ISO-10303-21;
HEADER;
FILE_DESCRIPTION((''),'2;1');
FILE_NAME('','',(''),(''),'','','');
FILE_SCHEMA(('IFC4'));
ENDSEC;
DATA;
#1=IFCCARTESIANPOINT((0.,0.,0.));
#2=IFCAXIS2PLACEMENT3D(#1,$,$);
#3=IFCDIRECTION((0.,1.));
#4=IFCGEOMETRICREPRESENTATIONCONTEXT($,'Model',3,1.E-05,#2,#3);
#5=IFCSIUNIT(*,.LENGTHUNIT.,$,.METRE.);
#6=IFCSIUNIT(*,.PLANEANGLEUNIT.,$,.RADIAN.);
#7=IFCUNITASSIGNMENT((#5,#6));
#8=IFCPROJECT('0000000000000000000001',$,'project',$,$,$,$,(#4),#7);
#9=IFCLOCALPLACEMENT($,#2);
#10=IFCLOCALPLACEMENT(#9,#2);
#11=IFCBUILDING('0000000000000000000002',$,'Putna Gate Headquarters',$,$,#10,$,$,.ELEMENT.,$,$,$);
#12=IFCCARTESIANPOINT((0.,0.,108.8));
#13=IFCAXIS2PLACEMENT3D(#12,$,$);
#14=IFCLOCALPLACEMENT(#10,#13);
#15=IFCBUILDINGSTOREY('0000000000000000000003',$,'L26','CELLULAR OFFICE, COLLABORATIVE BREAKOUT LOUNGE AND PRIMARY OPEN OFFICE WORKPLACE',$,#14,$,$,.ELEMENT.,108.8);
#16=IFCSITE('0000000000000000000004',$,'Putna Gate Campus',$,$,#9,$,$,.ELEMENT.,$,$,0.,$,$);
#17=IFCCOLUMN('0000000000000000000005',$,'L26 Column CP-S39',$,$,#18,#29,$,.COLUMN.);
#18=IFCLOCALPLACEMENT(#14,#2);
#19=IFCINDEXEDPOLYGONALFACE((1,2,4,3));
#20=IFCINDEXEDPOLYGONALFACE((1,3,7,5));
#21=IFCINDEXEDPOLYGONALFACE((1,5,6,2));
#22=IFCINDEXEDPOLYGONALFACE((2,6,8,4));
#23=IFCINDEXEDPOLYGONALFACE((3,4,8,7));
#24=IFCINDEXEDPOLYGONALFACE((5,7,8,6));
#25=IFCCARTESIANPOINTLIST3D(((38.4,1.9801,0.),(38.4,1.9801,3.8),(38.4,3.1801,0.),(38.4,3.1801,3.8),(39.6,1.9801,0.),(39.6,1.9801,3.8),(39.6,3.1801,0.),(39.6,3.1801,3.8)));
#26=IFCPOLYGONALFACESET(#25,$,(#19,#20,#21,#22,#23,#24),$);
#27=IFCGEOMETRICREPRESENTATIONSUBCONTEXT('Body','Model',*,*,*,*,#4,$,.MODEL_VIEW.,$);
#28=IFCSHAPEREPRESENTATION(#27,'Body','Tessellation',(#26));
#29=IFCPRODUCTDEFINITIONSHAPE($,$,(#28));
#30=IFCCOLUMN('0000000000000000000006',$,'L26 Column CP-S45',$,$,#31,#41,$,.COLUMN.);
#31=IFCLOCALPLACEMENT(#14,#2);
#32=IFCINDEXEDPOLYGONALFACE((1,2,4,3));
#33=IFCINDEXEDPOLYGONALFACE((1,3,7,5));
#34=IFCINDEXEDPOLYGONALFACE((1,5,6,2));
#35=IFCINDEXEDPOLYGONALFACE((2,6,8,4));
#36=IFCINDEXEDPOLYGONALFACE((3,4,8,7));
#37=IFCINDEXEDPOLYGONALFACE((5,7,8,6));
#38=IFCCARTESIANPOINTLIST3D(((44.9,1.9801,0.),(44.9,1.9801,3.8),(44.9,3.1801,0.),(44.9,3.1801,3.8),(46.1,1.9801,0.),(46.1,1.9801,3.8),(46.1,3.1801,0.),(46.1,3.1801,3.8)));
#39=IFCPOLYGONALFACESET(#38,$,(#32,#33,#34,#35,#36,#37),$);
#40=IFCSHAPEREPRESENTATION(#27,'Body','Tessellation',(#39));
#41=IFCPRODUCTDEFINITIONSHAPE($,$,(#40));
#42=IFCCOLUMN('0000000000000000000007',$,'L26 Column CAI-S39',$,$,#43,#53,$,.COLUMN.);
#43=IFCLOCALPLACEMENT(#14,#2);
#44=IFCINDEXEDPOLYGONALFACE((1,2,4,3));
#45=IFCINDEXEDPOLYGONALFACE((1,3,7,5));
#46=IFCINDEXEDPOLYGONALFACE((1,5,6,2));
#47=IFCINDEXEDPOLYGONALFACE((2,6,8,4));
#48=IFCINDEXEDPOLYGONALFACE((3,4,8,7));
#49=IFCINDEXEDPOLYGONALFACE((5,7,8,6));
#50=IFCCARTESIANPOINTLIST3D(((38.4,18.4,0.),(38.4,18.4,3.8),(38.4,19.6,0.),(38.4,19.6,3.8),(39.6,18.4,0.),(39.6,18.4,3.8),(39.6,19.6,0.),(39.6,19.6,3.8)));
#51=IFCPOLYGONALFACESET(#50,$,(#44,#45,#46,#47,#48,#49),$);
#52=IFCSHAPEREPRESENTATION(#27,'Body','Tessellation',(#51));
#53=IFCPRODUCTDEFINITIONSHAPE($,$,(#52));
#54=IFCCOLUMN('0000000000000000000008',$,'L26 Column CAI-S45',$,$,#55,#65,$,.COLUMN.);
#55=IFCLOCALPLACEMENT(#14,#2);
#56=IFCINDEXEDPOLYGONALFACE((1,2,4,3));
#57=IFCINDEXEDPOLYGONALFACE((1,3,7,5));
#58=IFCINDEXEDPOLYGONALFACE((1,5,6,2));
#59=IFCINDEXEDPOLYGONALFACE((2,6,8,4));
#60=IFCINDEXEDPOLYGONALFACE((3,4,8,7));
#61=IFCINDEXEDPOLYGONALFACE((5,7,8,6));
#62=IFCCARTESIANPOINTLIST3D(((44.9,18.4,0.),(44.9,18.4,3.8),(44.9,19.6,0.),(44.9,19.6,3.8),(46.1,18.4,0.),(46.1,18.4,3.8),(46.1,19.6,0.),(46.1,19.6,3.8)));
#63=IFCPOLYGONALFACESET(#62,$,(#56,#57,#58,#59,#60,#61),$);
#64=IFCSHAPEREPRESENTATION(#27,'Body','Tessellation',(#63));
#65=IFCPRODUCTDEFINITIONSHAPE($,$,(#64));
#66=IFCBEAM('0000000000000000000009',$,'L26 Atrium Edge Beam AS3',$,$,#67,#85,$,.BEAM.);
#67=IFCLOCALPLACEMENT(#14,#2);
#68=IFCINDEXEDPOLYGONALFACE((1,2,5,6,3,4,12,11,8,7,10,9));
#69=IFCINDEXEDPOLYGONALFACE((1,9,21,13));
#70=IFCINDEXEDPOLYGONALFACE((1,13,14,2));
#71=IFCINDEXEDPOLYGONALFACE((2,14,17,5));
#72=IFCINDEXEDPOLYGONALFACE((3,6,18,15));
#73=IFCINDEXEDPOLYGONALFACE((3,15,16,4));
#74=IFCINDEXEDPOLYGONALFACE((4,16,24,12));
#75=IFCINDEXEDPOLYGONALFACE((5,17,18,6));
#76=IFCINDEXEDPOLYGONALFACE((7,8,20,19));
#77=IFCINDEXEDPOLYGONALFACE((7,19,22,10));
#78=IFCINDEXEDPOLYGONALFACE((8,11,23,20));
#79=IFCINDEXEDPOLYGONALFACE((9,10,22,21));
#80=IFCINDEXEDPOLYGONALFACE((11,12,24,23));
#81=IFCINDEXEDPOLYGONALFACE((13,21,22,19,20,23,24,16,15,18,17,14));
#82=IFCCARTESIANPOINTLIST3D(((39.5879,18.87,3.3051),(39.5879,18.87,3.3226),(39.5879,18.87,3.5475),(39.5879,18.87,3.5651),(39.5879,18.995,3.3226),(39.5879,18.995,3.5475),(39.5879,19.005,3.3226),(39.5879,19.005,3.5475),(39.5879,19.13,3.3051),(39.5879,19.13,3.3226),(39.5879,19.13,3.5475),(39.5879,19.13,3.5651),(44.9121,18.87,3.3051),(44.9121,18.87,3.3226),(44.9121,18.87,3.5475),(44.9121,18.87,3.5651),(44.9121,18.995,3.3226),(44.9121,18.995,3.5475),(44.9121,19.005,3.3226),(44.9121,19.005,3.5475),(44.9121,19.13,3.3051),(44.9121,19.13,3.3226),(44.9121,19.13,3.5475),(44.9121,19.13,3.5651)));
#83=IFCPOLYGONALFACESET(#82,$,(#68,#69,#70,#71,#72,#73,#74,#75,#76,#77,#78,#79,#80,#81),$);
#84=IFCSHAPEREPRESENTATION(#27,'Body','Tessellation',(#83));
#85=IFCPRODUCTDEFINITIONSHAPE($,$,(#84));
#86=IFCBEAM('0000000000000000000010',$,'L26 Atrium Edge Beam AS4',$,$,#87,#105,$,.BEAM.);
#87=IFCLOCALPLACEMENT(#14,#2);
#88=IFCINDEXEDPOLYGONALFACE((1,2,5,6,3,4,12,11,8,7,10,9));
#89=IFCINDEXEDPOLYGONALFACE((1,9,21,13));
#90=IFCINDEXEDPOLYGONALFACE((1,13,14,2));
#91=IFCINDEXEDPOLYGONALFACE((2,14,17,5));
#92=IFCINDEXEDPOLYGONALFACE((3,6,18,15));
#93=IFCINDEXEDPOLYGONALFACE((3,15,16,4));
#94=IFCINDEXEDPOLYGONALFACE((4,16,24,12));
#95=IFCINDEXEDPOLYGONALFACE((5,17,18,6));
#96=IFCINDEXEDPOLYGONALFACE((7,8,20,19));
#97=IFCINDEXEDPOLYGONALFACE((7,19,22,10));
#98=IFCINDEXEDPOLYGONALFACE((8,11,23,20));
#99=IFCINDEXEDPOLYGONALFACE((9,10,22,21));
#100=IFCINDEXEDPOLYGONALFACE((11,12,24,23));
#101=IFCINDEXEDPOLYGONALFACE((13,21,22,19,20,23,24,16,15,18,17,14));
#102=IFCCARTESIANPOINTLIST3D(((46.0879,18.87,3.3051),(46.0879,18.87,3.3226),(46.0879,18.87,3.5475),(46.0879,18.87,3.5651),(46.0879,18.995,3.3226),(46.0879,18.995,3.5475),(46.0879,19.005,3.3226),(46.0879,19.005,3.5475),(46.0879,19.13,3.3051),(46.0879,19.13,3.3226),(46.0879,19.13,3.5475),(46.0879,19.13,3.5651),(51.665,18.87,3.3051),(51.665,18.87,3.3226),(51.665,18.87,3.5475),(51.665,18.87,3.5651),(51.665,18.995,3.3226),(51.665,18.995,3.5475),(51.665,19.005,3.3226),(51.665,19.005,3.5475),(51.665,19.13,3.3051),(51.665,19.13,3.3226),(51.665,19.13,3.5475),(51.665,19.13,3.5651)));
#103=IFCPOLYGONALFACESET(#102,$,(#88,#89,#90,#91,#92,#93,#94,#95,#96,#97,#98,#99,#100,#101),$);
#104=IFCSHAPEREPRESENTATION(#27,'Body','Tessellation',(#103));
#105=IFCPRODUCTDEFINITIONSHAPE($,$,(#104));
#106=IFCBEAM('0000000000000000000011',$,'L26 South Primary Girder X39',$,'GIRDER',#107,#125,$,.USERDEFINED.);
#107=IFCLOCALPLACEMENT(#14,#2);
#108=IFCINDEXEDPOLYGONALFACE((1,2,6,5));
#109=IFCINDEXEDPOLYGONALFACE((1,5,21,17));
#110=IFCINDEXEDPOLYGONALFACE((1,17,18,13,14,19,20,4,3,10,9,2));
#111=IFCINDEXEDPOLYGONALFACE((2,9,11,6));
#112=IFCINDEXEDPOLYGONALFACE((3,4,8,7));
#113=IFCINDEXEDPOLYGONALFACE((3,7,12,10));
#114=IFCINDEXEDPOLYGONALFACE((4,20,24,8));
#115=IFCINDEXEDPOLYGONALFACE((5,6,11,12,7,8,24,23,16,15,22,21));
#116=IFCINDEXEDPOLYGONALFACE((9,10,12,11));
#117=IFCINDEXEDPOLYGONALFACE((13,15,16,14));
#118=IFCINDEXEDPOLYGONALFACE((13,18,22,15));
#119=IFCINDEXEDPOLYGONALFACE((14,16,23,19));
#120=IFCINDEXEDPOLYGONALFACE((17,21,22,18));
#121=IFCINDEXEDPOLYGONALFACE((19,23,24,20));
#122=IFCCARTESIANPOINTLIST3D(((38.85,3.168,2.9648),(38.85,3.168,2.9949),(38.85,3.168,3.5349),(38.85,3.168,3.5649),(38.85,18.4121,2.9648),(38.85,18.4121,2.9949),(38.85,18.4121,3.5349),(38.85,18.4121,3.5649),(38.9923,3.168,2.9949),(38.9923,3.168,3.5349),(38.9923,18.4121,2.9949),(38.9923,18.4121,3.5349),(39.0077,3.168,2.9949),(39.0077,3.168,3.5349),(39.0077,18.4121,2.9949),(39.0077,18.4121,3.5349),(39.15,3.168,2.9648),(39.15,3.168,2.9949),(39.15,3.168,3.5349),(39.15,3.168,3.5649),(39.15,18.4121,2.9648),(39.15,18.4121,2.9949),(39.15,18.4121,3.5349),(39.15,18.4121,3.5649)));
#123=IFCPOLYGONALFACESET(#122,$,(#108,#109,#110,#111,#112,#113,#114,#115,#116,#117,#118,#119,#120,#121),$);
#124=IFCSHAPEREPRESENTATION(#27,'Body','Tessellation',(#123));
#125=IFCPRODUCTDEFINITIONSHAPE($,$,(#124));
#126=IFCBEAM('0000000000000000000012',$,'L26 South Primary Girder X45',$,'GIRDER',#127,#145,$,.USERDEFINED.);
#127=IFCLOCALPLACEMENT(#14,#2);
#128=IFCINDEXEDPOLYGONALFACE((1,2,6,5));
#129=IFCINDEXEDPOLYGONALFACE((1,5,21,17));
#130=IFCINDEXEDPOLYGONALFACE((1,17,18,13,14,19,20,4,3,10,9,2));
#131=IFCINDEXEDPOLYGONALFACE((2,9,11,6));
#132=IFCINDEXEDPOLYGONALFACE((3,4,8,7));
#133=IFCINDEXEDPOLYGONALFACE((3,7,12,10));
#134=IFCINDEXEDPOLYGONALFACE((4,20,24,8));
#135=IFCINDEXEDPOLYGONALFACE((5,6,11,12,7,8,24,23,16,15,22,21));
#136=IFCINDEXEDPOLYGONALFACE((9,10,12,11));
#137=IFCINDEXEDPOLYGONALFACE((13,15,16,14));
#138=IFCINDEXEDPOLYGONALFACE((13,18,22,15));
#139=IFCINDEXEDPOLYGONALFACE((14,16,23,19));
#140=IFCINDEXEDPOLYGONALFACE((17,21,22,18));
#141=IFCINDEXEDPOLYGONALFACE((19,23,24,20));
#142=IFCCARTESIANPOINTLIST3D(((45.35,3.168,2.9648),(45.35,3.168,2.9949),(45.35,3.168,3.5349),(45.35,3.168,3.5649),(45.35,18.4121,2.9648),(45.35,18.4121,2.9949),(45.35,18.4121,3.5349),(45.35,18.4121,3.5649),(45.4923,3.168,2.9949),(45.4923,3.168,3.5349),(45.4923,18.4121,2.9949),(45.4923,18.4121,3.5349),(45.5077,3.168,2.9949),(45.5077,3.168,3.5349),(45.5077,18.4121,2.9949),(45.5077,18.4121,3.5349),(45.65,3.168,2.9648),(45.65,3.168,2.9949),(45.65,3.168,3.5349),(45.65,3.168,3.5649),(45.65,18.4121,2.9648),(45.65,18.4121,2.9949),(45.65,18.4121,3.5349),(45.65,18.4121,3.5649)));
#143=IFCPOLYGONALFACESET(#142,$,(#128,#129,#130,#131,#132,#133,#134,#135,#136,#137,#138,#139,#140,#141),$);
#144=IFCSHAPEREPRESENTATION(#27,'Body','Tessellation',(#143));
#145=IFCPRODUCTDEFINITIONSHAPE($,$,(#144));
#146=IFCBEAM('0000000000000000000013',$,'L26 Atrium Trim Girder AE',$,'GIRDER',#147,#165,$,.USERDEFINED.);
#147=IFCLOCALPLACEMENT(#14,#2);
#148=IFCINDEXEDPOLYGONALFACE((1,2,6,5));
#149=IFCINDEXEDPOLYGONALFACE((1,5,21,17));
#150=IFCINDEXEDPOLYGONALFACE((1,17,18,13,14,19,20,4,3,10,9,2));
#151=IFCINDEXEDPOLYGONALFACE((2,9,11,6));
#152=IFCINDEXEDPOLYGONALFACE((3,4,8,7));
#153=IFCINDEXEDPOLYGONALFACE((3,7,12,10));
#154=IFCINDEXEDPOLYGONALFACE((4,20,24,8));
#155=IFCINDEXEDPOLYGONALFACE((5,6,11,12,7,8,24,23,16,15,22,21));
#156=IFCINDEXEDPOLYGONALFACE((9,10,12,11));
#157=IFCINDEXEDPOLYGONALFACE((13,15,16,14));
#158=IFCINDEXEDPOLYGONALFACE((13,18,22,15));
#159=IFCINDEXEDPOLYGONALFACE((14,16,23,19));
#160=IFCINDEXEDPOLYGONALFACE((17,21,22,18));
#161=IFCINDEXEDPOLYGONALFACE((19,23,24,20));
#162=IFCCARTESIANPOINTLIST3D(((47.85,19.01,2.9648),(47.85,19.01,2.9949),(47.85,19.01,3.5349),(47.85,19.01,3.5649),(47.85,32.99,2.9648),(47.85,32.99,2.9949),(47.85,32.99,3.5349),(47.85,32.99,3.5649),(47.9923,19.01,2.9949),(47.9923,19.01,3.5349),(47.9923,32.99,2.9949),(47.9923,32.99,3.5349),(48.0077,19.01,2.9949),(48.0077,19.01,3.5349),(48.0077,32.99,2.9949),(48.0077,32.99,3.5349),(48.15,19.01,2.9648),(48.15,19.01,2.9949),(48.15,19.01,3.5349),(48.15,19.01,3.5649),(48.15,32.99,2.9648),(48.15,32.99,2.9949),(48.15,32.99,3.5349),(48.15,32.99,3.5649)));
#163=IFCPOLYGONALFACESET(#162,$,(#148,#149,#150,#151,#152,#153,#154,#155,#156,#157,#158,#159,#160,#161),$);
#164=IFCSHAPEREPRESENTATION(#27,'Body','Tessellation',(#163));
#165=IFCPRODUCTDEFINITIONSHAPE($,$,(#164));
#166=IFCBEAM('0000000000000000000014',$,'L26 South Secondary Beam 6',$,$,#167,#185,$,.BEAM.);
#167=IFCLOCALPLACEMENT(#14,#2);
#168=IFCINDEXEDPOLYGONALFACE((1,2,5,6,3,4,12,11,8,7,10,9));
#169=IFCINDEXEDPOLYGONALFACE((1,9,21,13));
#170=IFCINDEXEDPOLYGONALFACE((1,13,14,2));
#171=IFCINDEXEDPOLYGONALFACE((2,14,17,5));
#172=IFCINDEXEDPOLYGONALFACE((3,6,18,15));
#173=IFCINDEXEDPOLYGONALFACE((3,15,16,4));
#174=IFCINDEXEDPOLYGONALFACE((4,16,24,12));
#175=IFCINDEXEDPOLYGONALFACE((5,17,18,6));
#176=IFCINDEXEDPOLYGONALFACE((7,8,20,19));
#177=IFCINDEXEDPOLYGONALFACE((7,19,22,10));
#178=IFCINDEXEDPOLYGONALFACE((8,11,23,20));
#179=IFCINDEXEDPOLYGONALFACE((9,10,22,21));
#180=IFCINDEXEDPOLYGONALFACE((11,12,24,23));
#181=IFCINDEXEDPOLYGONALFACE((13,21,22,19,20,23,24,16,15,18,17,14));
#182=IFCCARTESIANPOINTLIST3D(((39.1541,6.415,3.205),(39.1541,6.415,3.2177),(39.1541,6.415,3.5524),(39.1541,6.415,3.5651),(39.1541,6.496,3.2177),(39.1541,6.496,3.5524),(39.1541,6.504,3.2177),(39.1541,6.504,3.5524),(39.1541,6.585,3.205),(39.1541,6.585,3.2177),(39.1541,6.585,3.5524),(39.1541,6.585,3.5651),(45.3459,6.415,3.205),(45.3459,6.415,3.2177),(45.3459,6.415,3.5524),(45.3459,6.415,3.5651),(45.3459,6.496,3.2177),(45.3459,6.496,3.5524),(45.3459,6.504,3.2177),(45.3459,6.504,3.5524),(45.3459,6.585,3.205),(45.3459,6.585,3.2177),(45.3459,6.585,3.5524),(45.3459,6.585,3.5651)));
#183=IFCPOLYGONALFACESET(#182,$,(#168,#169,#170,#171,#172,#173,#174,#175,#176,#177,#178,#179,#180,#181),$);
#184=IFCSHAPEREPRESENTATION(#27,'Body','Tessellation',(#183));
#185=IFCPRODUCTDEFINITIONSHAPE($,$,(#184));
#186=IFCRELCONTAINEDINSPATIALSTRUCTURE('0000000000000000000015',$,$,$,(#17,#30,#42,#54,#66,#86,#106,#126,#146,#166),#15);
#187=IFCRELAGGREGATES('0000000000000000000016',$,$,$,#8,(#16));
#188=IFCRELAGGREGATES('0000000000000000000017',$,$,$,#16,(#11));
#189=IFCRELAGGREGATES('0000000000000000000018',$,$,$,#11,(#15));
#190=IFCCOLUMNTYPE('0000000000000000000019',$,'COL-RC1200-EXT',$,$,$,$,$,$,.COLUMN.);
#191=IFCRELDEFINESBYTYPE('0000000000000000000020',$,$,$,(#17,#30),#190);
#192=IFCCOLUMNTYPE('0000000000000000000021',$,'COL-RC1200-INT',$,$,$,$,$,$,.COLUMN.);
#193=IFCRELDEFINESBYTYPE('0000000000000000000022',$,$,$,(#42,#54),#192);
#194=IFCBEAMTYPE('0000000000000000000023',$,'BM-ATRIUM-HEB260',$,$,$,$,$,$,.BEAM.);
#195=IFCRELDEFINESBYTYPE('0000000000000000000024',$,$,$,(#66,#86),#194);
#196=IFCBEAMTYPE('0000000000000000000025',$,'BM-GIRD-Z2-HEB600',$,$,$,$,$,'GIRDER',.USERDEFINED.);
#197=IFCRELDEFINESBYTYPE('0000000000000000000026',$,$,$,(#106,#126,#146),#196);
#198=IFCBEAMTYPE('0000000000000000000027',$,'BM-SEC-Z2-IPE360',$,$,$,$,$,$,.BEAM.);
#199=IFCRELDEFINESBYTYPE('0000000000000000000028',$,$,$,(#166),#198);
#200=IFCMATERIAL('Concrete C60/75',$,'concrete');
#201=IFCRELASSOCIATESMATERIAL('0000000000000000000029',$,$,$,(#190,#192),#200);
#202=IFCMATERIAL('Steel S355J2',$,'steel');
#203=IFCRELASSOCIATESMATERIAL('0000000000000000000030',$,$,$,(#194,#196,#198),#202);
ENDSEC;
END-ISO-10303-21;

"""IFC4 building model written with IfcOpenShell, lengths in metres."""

from ifc_helpers import new_model, si_unit, direction, frame, origin, origin_2d, place, context, subcontext, project, spatial, rectangle, i_section, extrude, material, material_profile, profile_set, type_object, element, save


model = new_model("IFC4")

# Units and contexts
model_context = context("Model", 3, precision=1e-05, world=origin(), true_north=direction((0.0, 1.0)))
body_context = subcontext(model_context, "Body", "Model", "MODEL_VIEW")
ifc_project = project(units=[si_unit("LENGTHUNIT", "METRE"), si_unit("PLANEANGLEUNIT", "RADIAN")], contexts=[model_context])

# Site, building, storey
site_placement = place(None, origin())
site = spatial("IfcSite", under=ifc_project, at=site_placement, Name="Putna Gate Campus", CompositionType="ELEMENT", RefElevation=0.0)
building_placement = place(site_placement, origin())
building = spatial("IfcBuilding", under=site, at=building_placement, Name="Putna Gate Headquarters", CompositionType="ELEMENT")
storey_placement = place(building_placement, frame((0.0, 0.0, 108.8)))
storey = spatial("IfcBuildingStorey", under=building, at=storey_placement, Name="L26", Description="CELLULAR OFFICE, COLLABORATIVE BREAKOUT LOUNGE AND PRIMARY OPEN OFFICE WORKPLACE", CompositionType="ELEMENT", Elevation=108.8)

# Columns
ifc_material_1 = material(Name="Concrete C60/75", Category="concrete")
ifc_material_profile_1 = material_profile(ifc_material_1, rectangle(XDim=1.2, YDim=1.2, at=origin_2d()), Name="Concrete C60/75")
ifc_profile_set_1 = profile_set([ifc_material_profile_1], Name="Concrete C60/75")
column_type_1 = type_object("IfcColumnType", Name="COL-RC1200-EXT", PredefinedType="COLUMN", material=ifc_profile_set_1)
for number, where, z_axis, x_axis, name in (
    (1, (39.0, 2.5801, 0.0), (0.0, 0.0, 1.0), (1.0, 0.0, 0.0), "L26 Column CP-S39"),
    (2, (45.5, 2.5801, 0.0), (0.0, 0.0, 1.0), (1.0, 0.0, 0.0), "L26 Column CP-S45"),
):
    element("IfcColumn", number, at=place(storey_placement, frame(where, z_axis=z_axis, x_axis=x_axis)), inside=storey, type_object=column_type_1, Name=name, PredefinedType="COLUMN", context=body_context, shape_type="SweptSolid", body=[
        extrude(rectangle(XDim=1.2, YDim=1.2, at=origin_2d()), origin(), (0.0, 0.0, 1.0), 3.8),
    ])
ifc_material_profile_2 = material_profile(ifc_material_1, rectangle(XDim=1.2, YDim=1.2, at=origin_2d()), Name="Concrete C60/75")
ifc_profile_set_2 = profile_set([ifc_material_profile_2], Name="Concrete C60/75")
column_type_2 = type_object("IfcColumnType", Name="COL-RC1200-INT", PredefinedType="COLUMN", material=ifc_profile_set_2)
for number, where, z_axis, x_axis, name in (
    (3, (39.0, 19.0, 0.0), (0.0, 0.0, 1.0), (1.0, 0.0, 0.0), "L26 Column CAI-S39"),
    (4, (45.5, 19.0, 0.0), (0.0, 0.0, 1.0), (1.0, 0.0, 0.0), "L26 Column CAI-S45"),
):
    element("IfcColumn", number, at=place(storey_placement, frame(where, z_axis=z_axis, x_axis=x_axis)), inside=storey, type_object=column_type_2, Name=name, PredefinedType="COLUMN", context=body_context, shape_type="SweptSolid", body=[
        extrude(rectangle(XDim=1.2, YDim=1.2, at=origin_2d()), origin(), (0.0, 0.0, 1.0), 3.8),
    ])

# Beams
ifc_material_2 = material(Name="Steel S355J2", Category="steel")
ifc_material_profile_3 = material_profile(ifc_material_2, i_section(OverallWidth=0.26, OverallDepth=0.26, WebThickness=0.01, FlangeThickness=0.0176, at=origin_2d()), Name="Steel S355J2")
ifc_profile_set_3 = profile_set([ifc_material_profile_3], Name="Steel S355J2")
beam_type_1 = type_object("IfcBeamType", Name="BM-ATRIUM-HEB260", PredefinedType="BEAM", material=ifc_profile_set_3)
beam_1_placement = place(storey_placement, frame((39.5879, 19.0, 3.4351), z_axis=(1.0, 0.0, 0.0), x_axis=(0.0, 1.0, 0.0)))
element("IfcBeam", 5, at=beam_1_placement, inside=storey, type_object=beam_type_1, Name="L26 Atrium Edge Beam AS3", PredefinedType="BEAM", context=body_context, shape_type="SweptSolid", body=[
    extrude(i_section(OverallWidth=0.26, OverallDepth=0.26, WebThickness=0.01, FlangeThickness=0.0176, at=origin_2d()), origin(), (0.0, 0.0, 1.0), 5.3242),
])
beam_2_placement = place(storey_placement, frame((46.0879, 19.0, 3.4351), z_axis=(1.0, 0.0, 0.0), x_axis=(0.0, 1.0, 0.0)))
element("IfcBeam", 6, at=beam_2_placement, inside=storey, type_object=beam_type_1, Name="L26 Atrium Edge Beam AS4", PredefinedType="BEAM", context=body_context, shape_type="SweptSolid", body=[
    extrude(i_section(OverallWidth=0.26, OverallDepth=0.26, WebThickness=0.01, FlangeThickness=0.0176, at=origin_2d()), origin(), (0.0, 0.0, 1.0), 5.5771),
])
ifc_material_profile_4 = material_profile(ifc_material_2, i_section(OverallWidth=0.3, OverallDepth=0.6001, WebThickness=0.0154, FlangeThickness=0.03, at=origin_2d()), Name="Steel S355J2")
ifc_profile_set_4 = profile_set([ifc_material_profile_4], Name="Steel S355J2")
beam_type_2 = type_object("IfcBeamType", Name="BM-GIRD-Z2-HEB600", ElementType="GIRDER", PredefinedType="USERDEFINED", material=ifc_profile_set_4)
for number, where, z_axis, x_axis, name in (
    (7, (39.0, 3.168, 3.2649), (0.0, 1.0, 0.0), (-1.0, 0.0, 0.0), "L26 South Primary Girder X39"),
    (8, (45.5, 3.168, 3.2649), (0.0, 1.0, 0.0), (-1.0, 0.0, 0.0), "L26 South Primary Girder X45"),
):
    element("IfcBeam", number, at=place(storey_placement, frame(where, z_axis=z_axis, x_axis=x_axis)), inside=storey, type_object=beam_type_2, Name=name, ObjectType="GIRDER", PredefinedType="USERDEFINED", context=body_context, shape_type="SweptSolid", body=[
        extrude(i_section(OverallWidth=0.3, OverallDepth=0.6001, WebThickness=0.0154, FlangeThickness=0.03, at=origin_2d()), origin(), (0.0, 0.0, 1.0), 15.2441),
    ])
beam_3_placement = place(storey_placement, frame((48.0, 19.01, 3.2649), z_axis=(0.0, 1.0, 0.0), x_axis=(-1.0, 0.0, 0.0)))
element("IfcBeam", 9, at=beam_3_placement, inside=storey, type_object=beam_type_2, Name="L26 Atrium Trim Girder AE", ObjectType="GIRDER", PredefinedType="USERDEFINED", context=body_context, shape_type="SweptSolid", body=[
    extrude(i_section(OverallWidth=0.3, OverallDepth=0.6001, WebThickness=0.0154, FlangeThickness=0.03, at=origin_2d()), origin(), (0.0, 0.0, 1.0), 13.98),
])
ifc_material_profile_5 = material_profile(ifc_material_2, i_section(OverallWidth=0.1699, OverallDepth=0.3601, WebThickness=0.0081, FlangeThickness=0.0127, at=origin_2d()), Name="Steel S355J2")
ifc_profile_set_5 = profile_set([ifc_material_profile_5], Name="Steel S355J2")
beam_type_3 = type_object("IfcBeamType", Name="BM-SEC-Z2-IPE360", PredefinedType="BEAM", material=ifc_profile_set_5)
for number, where, z_axis, x_axis, name in (
    (10, (39.1541, 6.5, 3.385), (1.0, 0.0, 0.0), (0.0, 1.0, 0.0), "L26 South Secondary Beam 6"),
):
    element("IfcBeam", number, at=place(storey_placement, frame(where, z_axis=z_axis, x_axis=x_axis)), inside=storey, type_object=beam_type_3, Name=name, PredefinedType="BEAM", context=body_context, shape_type="SweptSolid", body=[
        extrude(i_section(OverallWidth=0.1699, OverallDepth=0.3601, WebThickness=0.0081, FlangeThickness=0.0127, at=origin_2d()), origin(), (0.0, 0.0, 1.0), 6.1919),
    ])

save(model, "model.ifc")
